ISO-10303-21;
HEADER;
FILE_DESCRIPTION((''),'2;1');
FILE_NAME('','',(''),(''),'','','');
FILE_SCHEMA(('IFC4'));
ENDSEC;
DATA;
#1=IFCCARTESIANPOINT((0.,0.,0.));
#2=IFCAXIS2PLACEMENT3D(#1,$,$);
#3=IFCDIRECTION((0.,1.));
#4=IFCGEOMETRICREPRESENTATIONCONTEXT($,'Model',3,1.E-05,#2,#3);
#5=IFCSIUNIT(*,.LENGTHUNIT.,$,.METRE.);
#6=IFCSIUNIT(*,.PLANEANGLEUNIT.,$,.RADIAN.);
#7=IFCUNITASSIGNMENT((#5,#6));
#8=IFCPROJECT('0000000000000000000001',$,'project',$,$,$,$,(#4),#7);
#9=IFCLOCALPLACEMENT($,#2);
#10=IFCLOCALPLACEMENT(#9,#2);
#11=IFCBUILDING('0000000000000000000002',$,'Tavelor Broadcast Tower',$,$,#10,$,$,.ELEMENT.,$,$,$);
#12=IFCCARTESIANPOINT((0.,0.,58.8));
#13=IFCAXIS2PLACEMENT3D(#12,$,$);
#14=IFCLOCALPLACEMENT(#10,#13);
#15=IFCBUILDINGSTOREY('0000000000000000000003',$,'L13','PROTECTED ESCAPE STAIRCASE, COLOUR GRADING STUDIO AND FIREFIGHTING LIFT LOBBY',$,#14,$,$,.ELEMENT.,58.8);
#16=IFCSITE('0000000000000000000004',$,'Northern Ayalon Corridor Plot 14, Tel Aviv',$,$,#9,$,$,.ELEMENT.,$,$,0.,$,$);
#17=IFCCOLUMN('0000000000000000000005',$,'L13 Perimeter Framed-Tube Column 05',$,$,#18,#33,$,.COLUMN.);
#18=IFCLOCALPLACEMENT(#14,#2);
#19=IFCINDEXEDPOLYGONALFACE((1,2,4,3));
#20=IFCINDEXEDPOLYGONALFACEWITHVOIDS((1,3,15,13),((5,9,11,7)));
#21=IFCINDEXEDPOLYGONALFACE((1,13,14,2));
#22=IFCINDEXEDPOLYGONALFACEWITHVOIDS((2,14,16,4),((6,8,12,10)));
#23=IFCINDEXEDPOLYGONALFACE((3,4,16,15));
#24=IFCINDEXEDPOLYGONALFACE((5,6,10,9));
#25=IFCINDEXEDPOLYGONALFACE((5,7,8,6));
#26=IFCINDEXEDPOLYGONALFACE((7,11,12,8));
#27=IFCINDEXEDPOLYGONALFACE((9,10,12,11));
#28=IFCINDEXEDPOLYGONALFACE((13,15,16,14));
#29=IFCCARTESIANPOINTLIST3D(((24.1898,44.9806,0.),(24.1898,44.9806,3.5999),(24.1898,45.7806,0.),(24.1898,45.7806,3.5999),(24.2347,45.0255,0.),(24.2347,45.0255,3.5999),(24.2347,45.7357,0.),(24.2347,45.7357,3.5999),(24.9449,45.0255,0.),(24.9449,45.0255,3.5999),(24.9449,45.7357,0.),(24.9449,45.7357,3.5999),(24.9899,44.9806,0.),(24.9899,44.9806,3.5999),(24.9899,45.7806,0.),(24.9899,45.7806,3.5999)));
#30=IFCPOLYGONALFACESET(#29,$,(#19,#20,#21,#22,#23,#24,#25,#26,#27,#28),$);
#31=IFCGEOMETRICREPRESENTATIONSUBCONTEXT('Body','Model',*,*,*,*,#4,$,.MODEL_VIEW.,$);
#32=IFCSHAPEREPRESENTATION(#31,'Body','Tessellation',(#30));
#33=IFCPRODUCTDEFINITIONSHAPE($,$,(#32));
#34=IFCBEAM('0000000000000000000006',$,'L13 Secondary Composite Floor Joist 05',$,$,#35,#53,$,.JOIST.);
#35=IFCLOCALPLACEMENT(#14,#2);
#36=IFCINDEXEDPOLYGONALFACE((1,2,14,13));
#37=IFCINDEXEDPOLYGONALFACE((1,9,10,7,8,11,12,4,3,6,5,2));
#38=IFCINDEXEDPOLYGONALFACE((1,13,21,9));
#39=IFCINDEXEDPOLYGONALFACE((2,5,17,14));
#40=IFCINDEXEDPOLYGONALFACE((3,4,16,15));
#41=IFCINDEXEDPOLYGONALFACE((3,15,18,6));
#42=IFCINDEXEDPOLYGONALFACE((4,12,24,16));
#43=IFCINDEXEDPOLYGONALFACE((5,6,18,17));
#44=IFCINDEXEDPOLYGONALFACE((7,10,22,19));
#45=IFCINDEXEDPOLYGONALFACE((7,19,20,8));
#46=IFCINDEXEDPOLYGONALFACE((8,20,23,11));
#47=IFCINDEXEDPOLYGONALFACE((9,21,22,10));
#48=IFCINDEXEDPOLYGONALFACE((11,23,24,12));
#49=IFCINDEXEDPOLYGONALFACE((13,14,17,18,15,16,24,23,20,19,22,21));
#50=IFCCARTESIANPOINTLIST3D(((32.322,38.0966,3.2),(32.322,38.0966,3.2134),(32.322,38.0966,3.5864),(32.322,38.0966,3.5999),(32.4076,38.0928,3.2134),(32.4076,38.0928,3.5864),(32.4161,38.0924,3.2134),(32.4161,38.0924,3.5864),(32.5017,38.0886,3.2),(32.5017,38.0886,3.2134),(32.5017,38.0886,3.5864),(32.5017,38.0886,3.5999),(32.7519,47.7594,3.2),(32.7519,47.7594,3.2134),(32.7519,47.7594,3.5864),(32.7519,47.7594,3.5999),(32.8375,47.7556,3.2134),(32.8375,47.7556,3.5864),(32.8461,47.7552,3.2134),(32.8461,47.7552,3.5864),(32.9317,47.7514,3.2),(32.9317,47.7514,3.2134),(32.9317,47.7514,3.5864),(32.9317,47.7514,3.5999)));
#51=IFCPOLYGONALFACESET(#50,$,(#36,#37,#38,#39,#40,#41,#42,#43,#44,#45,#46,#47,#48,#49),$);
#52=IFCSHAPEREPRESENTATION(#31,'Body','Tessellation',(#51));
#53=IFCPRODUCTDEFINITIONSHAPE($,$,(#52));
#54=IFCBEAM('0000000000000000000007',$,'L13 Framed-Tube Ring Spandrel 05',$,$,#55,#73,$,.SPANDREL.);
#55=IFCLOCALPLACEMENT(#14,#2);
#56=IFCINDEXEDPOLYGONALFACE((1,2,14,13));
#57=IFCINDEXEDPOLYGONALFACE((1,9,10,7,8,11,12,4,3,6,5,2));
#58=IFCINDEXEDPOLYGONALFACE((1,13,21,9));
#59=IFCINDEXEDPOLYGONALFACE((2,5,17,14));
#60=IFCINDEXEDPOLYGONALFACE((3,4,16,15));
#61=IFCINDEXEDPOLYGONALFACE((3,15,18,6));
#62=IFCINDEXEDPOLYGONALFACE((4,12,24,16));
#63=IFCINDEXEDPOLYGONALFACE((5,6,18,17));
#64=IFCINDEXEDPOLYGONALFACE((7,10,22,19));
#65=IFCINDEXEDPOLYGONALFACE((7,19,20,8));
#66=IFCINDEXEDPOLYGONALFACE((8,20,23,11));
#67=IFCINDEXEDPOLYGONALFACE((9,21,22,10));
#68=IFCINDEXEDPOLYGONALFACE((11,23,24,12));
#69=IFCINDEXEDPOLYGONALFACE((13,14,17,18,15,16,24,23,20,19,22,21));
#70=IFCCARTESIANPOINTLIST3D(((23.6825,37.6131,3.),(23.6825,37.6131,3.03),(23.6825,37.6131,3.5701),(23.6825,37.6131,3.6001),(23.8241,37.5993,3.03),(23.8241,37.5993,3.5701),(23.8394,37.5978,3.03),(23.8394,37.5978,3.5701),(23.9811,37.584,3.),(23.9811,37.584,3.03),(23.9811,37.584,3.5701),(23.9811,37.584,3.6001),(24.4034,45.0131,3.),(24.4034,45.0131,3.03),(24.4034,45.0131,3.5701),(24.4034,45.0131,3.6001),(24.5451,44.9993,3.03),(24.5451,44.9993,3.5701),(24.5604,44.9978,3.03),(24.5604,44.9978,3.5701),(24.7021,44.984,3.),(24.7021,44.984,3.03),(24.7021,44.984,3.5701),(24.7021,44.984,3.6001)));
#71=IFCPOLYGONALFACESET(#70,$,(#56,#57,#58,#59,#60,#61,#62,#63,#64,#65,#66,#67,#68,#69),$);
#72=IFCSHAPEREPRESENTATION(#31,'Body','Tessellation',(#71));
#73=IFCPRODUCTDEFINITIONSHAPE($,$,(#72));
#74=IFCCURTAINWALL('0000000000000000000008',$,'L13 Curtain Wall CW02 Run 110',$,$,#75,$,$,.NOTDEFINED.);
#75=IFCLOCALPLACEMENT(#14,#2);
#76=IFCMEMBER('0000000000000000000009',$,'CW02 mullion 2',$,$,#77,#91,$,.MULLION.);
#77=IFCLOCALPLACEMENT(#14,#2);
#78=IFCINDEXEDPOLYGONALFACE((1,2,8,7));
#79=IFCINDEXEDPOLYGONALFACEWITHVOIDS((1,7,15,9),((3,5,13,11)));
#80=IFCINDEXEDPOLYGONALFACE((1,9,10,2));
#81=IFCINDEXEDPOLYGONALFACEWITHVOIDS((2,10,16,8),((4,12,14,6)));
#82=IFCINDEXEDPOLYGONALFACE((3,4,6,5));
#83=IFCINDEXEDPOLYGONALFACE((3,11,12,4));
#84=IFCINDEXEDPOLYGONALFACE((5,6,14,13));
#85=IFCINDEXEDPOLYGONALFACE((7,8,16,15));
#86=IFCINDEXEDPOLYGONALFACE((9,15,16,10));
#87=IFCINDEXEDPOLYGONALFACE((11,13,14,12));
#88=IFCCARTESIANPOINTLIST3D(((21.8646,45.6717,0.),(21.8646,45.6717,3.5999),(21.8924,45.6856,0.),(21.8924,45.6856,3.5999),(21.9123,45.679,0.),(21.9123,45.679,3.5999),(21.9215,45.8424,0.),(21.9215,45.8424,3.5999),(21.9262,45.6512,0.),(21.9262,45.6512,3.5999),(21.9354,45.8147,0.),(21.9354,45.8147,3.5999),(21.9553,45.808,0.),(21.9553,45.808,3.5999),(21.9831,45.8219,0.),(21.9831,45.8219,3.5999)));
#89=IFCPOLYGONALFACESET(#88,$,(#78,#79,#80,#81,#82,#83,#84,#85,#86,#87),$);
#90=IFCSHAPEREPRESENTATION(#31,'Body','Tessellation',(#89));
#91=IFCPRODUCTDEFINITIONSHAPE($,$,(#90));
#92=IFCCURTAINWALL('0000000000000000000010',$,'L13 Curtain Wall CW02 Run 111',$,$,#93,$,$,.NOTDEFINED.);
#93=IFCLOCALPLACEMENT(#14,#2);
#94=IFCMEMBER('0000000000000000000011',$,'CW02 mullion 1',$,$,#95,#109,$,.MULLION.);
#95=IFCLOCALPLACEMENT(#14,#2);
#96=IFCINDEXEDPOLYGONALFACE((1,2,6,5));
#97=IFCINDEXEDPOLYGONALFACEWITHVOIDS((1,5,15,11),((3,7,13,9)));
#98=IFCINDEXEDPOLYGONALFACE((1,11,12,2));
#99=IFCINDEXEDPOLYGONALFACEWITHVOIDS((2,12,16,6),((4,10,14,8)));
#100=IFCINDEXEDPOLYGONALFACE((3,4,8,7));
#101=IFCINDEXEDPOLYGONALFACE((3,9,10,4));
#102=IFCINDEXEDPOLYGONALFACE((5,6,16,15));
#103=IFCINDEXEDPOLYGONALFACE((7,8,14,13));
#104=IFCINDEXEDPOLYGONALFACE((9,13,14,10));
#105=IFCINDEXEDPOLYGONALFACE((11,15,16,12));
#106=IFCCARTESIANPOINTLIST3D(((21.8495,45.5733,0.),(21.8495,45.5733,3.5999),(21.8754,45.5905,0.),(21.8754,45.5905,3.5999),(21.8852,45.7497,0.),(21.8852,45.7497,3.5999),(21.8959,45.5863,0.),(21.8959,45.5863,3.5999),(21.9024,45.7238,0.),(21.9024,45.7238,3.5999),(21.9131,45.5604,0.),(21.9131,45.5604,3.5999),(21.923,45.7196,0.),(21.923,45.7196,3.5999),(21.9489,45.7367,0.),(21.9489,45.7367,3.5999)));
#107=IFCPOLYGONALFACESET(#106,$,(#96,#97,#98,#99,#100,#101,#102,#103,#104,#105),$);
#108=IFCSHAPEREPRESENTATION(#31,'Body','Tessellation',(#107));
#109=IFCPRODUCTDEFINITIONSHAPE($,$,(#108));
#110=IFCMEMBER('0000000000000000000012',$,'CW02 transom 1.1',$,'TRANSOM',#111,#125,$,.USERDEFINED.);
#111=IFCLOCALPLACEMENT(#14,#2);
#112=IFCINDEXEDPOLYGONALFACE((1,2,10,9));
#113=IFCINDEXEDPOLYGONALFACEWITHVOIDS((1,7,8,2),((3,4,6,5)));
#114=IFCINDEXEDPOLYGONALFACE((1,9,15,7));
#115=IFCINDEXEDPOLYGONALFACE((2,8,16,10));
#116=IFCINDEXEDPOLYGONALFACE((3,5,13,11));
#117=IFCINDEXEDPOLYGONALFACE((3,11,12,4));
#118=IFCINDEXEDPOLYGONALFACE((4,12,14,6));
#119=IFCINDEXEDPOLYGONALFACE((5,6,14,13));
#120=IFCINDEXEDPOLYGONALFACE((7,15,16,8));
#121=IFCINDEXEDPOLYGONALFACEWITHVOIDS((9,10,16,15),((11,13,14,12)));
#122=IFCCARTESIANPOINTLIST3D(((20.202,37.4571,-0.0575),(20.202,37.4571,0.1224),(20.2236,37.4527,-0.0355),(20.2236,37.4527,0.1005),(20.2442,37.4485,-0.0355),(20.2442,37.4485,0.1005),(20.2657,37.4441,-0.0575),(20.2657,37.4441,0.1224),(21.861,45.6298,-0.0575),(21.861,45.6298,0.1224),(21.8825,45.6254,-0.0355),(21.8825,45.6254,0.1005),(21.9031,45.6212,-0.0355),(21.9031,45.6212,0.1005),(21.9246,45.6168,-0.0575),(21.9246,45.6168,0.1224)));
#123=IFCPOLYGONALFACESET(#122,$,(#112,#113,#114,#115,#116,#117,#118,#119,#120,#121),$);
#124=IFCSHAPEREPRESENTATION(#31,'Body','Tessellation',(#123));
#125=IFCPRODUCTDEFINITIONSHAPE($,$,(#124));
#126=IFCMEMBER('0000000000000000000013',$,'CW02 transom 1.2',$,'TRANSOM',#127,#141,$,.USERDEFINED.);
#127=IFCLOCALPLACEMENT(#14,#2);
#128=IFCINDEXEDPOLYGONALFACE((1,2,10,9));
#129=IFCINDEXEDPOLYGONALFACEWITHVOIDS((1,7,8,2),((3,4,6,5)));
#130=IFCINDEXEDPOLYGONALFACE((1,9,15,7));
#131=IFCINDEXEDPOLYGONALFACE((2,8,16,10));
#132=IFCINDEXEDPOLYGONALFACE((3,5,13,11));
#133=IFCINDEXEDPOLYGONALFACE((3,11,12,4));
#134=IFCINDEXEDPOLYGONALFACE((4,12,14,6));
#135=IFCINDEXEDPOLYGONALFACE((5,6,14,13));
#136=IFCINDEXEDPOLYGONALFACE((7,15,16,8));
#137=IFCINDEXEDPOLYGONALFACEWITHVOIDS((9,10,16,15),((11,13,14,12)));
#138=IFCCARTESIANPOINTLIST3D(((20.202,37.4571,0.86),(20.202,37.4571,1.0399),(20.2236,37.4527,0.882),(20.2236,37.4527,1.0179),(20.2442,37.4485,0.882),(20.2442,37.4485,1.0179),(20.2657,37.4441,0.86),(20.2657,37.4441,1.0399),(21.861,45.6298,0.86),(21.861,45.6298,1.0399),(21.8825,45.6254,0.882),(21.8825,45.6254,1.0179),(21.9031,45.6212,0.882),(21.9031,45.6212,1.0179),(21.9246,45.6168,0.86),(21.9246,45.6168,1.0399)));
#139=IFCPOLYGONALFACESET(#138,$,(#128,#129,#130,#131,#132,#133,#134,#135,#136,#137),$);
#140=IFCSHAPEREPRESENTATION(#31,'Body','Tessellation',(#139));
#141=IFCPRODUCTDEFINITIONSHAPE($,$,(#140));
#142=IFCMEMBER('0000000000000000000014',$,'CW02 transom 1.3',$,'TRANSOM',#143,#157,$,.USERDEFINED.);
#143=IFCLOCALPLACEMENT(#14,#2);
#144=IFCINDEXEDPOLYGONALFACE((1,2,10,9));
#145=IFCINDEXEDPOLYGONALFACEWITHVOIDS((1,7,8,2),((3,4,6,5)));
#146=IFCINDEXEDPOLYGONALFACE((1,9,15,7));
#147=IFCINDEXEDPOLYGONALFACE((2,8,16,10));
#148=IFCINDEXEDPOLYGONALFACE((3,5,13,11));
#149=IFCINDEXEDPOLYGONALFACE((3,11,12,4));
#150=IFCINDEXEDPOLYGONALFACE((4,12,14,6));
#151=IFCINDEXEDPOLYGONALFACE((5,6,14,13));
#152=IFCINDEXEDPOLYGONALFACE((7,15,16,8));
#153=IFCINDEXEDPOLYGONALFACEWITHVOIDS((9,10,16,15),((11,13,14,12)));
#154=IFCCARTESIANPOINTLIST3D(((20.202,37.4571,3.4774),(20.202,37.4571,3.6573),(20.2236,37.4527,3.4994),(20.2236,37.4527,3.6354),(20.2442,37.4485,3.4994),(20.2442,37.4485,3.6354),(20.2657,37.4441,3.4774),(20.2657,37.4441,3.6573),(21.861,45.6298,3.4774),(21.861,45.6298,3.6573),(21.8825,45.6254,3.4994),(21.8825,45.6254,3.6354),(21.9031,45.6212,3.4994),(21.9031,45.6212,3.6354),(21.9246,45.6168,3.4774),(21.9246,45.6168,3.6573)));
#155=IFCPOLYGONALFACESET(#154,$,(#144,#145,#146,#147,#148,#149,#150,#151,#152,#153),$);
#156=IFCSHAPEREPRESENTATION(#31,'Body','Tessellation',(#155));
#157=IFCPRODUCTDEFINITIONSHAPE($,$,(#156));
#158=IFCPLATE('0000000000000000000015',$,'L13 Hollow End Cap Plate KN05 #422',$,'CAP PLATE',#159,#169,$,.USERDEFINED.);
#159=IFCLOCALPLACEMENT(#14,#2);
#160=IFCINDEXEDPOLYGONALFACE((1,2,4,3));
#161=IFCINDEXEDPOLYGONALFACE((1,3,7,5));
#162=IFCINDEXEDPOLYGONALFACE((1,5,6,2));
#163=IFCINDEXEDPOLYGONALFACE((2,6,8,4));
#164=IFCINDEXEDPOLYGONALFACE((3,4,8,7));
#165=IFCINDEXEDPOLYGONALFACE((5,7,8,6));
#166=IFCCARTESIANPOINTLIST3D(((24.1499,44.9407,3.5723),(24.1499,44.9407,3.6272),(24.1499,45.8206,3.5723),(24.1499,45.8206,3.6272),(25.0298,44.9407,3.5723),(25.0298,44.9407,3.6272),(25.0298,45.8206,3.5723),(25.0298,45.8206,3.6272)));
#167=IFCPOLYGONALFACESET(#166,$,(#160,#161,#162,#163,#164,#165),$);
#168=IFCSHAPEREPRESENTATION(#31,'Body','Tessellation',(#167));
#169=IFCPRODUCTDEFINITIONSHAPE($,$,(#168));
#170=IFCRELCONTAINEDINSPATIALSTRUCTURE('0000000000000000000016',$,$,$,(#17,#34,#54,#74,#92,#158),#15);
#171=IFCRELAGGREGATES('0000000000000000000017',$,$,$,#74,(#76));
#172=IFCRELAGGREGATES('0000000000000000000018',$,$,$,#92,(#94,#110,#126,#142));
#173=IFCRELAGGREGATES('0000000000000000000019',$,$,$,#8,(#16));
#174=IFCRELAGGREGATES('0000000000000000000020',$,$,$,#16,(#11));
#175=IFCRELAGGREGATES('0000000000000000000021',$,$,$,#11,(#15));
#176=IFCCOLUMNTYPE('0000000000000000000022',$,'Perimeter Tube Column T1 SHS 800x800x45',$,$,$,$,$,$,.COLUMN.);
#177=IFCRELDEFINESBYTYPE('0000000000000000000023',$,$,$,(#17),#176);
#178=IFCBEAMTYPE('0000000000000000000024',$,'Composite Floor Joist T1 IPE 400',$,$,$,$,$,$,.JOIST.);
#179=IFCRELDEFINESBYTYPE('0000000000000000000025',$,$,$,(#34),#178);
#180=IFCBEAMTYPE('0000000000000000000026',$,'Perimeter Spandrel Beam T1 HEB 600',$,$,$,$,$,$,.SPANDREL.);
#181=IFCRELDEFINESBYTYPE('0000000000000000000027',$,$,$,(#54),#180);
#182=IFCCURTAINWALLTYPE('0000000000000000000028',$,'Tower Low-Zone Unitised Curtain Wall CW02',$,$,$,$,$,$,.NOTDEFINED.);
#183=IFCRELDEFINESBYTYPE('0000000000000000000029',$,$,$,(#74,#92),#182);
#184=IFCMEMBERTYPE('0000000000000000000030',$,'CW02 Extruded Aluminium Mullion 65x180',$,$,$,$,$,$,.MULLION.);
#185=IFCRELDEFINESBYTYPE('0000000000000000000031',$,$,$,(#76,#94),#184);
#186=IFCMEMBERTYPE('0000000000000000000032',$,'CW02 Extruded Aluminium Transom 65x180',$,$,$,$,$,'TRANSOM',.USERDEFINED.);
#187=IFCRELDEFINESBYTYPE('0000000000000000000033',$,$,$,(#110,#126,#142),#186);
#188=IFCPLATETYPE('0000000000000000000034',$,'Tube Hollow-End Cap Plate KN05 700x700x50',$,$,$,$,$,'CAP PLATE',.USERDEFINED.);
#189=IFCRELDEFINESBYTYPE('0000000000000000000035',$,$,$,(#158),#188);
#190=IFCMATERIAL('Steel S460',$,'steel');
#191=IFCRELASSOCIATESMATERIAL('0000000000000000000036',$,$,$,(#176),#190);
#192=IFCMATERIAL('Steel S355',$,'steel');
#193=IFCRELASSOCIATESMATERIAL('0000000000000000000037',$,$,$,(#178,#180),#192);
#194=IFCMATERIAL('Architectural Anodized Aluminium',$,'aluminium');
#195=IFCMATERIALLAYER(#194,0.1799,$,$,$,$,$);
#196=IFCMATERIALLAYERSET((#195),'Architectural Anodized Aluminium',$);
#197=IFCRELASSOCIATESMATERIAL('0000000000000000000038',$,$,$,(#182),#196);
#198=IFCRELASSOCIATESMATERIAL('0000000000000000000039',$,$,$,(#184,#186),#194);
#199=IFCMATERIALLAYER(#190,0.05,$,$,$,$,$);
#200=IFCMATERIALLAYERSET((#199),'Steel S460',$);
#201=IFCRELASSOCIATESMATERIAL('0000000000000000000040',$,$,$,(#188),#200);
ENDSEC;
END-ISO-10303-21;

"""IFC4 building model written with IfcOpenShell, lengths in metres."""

from ifc_helpers import new_model, si_unit, direction, frame, origin, origin_2d, place, context, subcontext, project, spatial, rectangle, hollow_rectangle, i_section, extrude, source, transform, mapped, material, layer, layer_set, material_profile, profile_set, type_object, type_shapes, element, aggregate, save


model = new_model("IFC4")

# Units and contexts
model_context = context("Model", 3, precision=1e-05, world=origin(), true_north=direction((0.0, 1.0)))
body_context = subcontext(model_context, "Body", "Model", "MODEL_VIEW")
ifc_project = project(units=[si_unit("LENGTHUNIT", "METRE"), si_unit("PLANEANGLEUNIT", "RADIAN")], contexts=[model_context])

# Site, building, storey
site_placement = place(None, origin())
site = spatial("IfcSite", under=ifc_project, at=site_placement, Name="Northern Ayalon Corridor Plot 14, Tel Aviv", CompositionType="ELEMENT", RefElevation=0.0)
building_placement = place(site_placement, origin())
building = spatial("IfcBuilding", under=site, at=building_placement, Name="Tavelor Broadcast Tower", CompositionType="ELEMENT")
storey_placement = place(building_placement, frame((0.0, 0.0, 58.8)))
storey = spatial("IfcBuildingStorey", under=building, at=storey_placement, Name="L13", Description="PROTECTED ESCAPE STAIRCASE, COLOUR GRADING STUDIO AND FIREFIGHTING LIFT LOBBY", CompositionType="ELEMENT", Elevation=58.8)

# Column
ifc_material_1 = material(Name="Steel S460", Category="steel")
ifc_material_profile_1 = material_profile(ifc_material_1, hollow_rectangle(XDim=0.8, YDim=0.8, WallThickness=0.0449, at=origin_2d()), Name="SHS 800x800x45")
ifc_profile_set_1 = profile_set([ifc_material_profile_1], Name="Steel S460")
column_type = type_object("IfcColumnType", Name="Perimeter Tube Column T1 SHS 800x800x45", PredefinedType="COLUMN", material=ifc_profile_set_1)
column_placement = place(storey_placement, frame((24.5898, 45.3806, 0.0), z_axis=(0.0, 0.0, 1.0), x_axis=(1.0, 0.0, 0.0)))
element("IfcColumn", 1, at=column_placement, inside=storey, type_object=column_type, Name="L13 Perimeter Framed-Tube Column 05", PredefinedType="COLUMN", context=body_context, shape_type="SweptSolid", body=[
    extrude(hollow_rectangle(XDim=0.8, YDim=0.8, WallThickness=0.0449, at=origin_2d()), origin(), (0.0, 0.0, 1.0), 3.5999),
])

# Beams
ifc_material_2 = material(Name="Steel S355", Category="steel")
ifc_material_profile_2 = material_profile(ifc_material_2, i_section(OverallWidth=0.1799, OverallDepth=0.3999, WebThickness=0.0085, FlangeThickness=0.0134, at=origin_2d()), Name="IPE 400")
ifc_profile_set_2 = profile_set([ifc_material_profile_2], Name="Steel S355")
beam_type_1 = type_object("IfcBeamType", Name="Composite Floor Joist T1 IPE 400", PredefinedType="JOIST", material=ifc_profile_set_2)
beam_1_placement = place(storey_placement, frame((32.8418, 47.7554, 3.3999), z_axis=(-0.044449, -0.999012, 0.0), x_axis=(0.999012, -0.044449, 0.0)))
element("IfcBeam", 2, at=beam_1_placement, inside=storey, type_object=beam_type_1, Name="L13 Secondary Composite Floor Joist 05", PredefinedType="JOIST", context=body_context, shape_type="SweptSolid", body=[
    extrude(i_section(OverallWidth=0.1799, OverallDepth=0.3999, WebThickness=0.0085, FlangeThickness=0.0134, at=origin_2d()), origin(), (0.0, 0.0, 1.0), 9.6724),
])
ifc_material_profile_3 = material_profile(ifc_material_2, i_section(OverallWidth=0.3, OverallDepth=0.6001, WebThickness=0.0154, FlangeThickness=0.03, at=origin_2d()), Name="HEB 600")
ifc_profile_set_3 = profile_set([ifc_material_profile_3], Name="Steel S355")
beam_type_2 = type_object("IfcBeamType", Name="Perimeter Spandrel Beam T1 HEB 600", PredefinedType="SPANDREL", material=ifc_profile_set_3)
beam_2_placement = place(storey_placement, frame((24.5527, 44.9985, 3.3), z_axis=(-0.096967, -0.995288, 0.0), x_axis=(0.995288, -0.096967, 0.0)))
element("IfcBeam", 3, at=beam_2_placement, inside=storey, type_object=beam_type_2, Name="L13 Framed-Tube Ring Spandrel 05", PredefinedType="SPANDREL", context=body_context, shape_type="SweptSolid", body=[
    extrude(i_section(OverallWidth=0.3, OverallDepth=0.6001, WebThickness=0.0154, FlangeThickness=0.03, at=origin_2d()), origin(), (0.0, 0.0, 1.0), 7.4351),
])

# Curtain wall, member
ifc_material_3 = material(Name="Architectural Anodized Aluminium", Category="aluminium")
ifc_layer_1 = layer(ifc_material_3, 0.1799)
ifc_layer_set_1 = layer_set([ifc_layer_1], Name="Architectural Anodized Aluminium")
curtain_wall_type = type_object("IfcCurtainWallType", Name="Tower Low-Zone Unitised Curtain Wall CW02", PredefinedType="NOTDEFINED", material=ifc_layer_set_1)
curtain_wall_1_placement = place(storey_placement, origin())
curtain_wall_1 = element("IfcCurtainWall", 4, at=curtain_wall_1_placement, inside=storey, type_object=curtain_wall_type, Name="L13 Curtain Wall CW02 Run 110", PredefinedType="NOTDEFINED")
ifc_material_profile_4 = material_profile(ifc_material_3, hollow_rectangle(XDim=0.0649, YDim=0.1799, WallThickness=0.022, at=origin_2d()), Name="RHS 65x180x22")
ifc_profile_set_4 = profile_set([ifc_material_profile_4], Name="Architectural Anodized Aluminium")
member_type_1 = type_object("IfcMemberType", Name="CW02 Extruded Aluminium Mullion 65x180", PredefinedType="MULLION", material=ifc_profile_set_4)
shared_shape_1 = source(origin(), body_context, "Body", "SweptSolid", [
    extrude(hollow_rectangle(XDim=0.0649, YDim=0.1799, WallThickness=0.022, at=origin_2d()), origin(), (0.0, 0.0, 1.0), 3.5999),
])
type_shapes(member_type_1, [shared_shape_1])
member_1_placement = place(storey_placement, frame((21.9238, 45.7468, 0.0), z_axis=(0.0, 0.0, 1.0), x_axis=(0.948743, -0.316047, 0.0)))
member_1 = element("IfcMember", 5, at=member_1_placement, type_object=member_type_1, Name="CW02 mullion 2", PredefinedType="MULLION", context=body_context, shape_type="MappedRepresentation", body=[
    mapped(shared_shape_1, transform((0.0, 0.0, 0.0), scale=1.0)),
])

# Curtain wall, members
curtain_wall_2_placement = place(storey_placement, origin())
curtain_wall_2 = element("IfcCurtainWall", 6, at=curtain_wall_2_placement, inside=storey, type_object=curtain_wall_type, Name="L13 Curtain Wall CW02 Run 111", PredefinedType="NOTDEFINED")
member_2_placement = place(storey_placement, frame((21.8992, 45.655, 0.0), z_axis=(0.0, 0.0, 1.0), x_axis=(0.980014, -0.198929, 0.0)))
member_2 = element("IfcMember", 7, at=member_2_placement, type_object=member_type_1, Name="CW02 mullion 1", PredefinedType="MULLION", context=body_context, shape_type="MappedRepresentation", body=[
    mapped(shared_shape_1, transform((0.0, 0.0, 0.0), scale=1.0)),
])
ifc_material_profile_5 = material_profile(ifc_material_3, hollow_rectangle(XDim=0.0649, YDim=0.1799, WallThickness=0.022, at=origin_2d()), Name="RHS 65x180x22")
ifc_profile_set_5 = profile_set([ifc_material_profile_5], Name="Architectural Anodized Aluminium")
member_type_2 = type_object("IfcMemberType", Name="CW02 Extruded Aluminium Transom 65x180", ElementType="TRANSOM", PredefinedType="USERDEFINED", material=ifc_profile_set_5)
shared_shape_2 = source(origin(), body_context, "Body", "SweptSolid", [
    extrude(hollow_rectangle(XDim=0.0649, YDim=0.1799, WallThickness=0.022, at=origin_2d()), origin(), (0.0, 0.0, 1.0), 8.3394),
])
type_shapes(member_type_2, [shared_shape_2])
member_3_placement = place(storey_placement, frame((21.8928, 45.6233, 0.0325), z_axis=(-0.19893, -0.980014, 0.0), x_axis=(0.980014, -0.19893, 0.0)))
member_3 = element("IfcMember", 8, at=member_3_placement, type_object=member_type_2, Name="CW02 transom 1.1", ObjectType="TRANSOM", PredefinedType="USERDEFINED", context=body_context, shape_type="MappedRepresentation", body=[
    mapped(shared_shape_2, transform((0.0, 0.0, 0.0), scale=1.0)),
])
member_4_placement = place(storey_placement, frame((21.8928, 45.6233, 0.95), z_axis=(-0.19893, -0.980014, 0.0), x_axis=(0.980014, -0.19893, 0.0)))
member_4 = element("IfcMember", 9, at=member_4_placement, type_object=member_type_2, Name="CW02 transom 1.2", ObjectType="TRANSOM", PredefinedType="USERDEFINED", context=body_context, shape_type="MappedRepresentation", body=[
    mapped(shared_shape_2, transform((0.0, 0.0, 0.0), scale=1.0)),
])
member_5_placement = place(storey_placement, frame((21.8928, 45.6233, 3.5674), z_axis=(-0.19893, -0.980014, 0.0), x_axis=(0.980014, -0.19893, 0.0)))
member_5 = element("IfcMember", 10, at=member_5_placement, type_object=member_type_2, Name="CW02 transom 1.3", ObjectType="TRANSOM", PredefinedType="USERDEFINED", context=body_context, shape_type="MappedRepresentation", body=[
    mapped(shared_shape_2, transform((0.0, 0.0, 0.0), scale=1.0)),
])

# Plate
ifc_layer_2 = layer(ifc_material_1, 0.05)
ifc_layer_set_2 = layer_set([ifc_layer_2], Name="Steel S460")
plate_type_1 = type_object("IfcPlateType", Name="Tube Hollow-End Cap Plate KN05 700x700x50", ElementType="CAP PLATE", PredefinedType="USERDEFINED", material=ifc_layer_set_2)
shared_shape_3 = source(origin(), body_context, "Body", "SweptSolid", [
    extrude(rectangle(XDim=0.8799, YDim=0.8799, at=origin_2d()), origin(), (0.0, 0.0, 1.0), 0.0549),
])
type_shapes(plate_type_1, [shared_shape_3])
plate_1_placement = place(storey_placement, frame((24.5898, 45.3806, 3.5723), z_axis=(0.0, 0.0, 1.0), x_axis=(1.0, 0.0, 0.0)))
element("IfcPlate", 11, at=plate_1_placement, inside=storey, type_object=plate_type_1, Name="L13 Hollow End Cap Plate KN05 #422", ObjectType="CAP PLATE", PredefinedType="USERDEFINED", context=body_context, shape_type="MappedRepresentation", body=[
    mapped(shared_shape_3, transform((0.0, 0.0, 0.0), scale=1.0)),
])
aggregate(curtain_wall_1, [member_1])
aggregate(curtain_wall_2, [member_2, member_3, member_4, member_5])

save(model, "model.ifc")
